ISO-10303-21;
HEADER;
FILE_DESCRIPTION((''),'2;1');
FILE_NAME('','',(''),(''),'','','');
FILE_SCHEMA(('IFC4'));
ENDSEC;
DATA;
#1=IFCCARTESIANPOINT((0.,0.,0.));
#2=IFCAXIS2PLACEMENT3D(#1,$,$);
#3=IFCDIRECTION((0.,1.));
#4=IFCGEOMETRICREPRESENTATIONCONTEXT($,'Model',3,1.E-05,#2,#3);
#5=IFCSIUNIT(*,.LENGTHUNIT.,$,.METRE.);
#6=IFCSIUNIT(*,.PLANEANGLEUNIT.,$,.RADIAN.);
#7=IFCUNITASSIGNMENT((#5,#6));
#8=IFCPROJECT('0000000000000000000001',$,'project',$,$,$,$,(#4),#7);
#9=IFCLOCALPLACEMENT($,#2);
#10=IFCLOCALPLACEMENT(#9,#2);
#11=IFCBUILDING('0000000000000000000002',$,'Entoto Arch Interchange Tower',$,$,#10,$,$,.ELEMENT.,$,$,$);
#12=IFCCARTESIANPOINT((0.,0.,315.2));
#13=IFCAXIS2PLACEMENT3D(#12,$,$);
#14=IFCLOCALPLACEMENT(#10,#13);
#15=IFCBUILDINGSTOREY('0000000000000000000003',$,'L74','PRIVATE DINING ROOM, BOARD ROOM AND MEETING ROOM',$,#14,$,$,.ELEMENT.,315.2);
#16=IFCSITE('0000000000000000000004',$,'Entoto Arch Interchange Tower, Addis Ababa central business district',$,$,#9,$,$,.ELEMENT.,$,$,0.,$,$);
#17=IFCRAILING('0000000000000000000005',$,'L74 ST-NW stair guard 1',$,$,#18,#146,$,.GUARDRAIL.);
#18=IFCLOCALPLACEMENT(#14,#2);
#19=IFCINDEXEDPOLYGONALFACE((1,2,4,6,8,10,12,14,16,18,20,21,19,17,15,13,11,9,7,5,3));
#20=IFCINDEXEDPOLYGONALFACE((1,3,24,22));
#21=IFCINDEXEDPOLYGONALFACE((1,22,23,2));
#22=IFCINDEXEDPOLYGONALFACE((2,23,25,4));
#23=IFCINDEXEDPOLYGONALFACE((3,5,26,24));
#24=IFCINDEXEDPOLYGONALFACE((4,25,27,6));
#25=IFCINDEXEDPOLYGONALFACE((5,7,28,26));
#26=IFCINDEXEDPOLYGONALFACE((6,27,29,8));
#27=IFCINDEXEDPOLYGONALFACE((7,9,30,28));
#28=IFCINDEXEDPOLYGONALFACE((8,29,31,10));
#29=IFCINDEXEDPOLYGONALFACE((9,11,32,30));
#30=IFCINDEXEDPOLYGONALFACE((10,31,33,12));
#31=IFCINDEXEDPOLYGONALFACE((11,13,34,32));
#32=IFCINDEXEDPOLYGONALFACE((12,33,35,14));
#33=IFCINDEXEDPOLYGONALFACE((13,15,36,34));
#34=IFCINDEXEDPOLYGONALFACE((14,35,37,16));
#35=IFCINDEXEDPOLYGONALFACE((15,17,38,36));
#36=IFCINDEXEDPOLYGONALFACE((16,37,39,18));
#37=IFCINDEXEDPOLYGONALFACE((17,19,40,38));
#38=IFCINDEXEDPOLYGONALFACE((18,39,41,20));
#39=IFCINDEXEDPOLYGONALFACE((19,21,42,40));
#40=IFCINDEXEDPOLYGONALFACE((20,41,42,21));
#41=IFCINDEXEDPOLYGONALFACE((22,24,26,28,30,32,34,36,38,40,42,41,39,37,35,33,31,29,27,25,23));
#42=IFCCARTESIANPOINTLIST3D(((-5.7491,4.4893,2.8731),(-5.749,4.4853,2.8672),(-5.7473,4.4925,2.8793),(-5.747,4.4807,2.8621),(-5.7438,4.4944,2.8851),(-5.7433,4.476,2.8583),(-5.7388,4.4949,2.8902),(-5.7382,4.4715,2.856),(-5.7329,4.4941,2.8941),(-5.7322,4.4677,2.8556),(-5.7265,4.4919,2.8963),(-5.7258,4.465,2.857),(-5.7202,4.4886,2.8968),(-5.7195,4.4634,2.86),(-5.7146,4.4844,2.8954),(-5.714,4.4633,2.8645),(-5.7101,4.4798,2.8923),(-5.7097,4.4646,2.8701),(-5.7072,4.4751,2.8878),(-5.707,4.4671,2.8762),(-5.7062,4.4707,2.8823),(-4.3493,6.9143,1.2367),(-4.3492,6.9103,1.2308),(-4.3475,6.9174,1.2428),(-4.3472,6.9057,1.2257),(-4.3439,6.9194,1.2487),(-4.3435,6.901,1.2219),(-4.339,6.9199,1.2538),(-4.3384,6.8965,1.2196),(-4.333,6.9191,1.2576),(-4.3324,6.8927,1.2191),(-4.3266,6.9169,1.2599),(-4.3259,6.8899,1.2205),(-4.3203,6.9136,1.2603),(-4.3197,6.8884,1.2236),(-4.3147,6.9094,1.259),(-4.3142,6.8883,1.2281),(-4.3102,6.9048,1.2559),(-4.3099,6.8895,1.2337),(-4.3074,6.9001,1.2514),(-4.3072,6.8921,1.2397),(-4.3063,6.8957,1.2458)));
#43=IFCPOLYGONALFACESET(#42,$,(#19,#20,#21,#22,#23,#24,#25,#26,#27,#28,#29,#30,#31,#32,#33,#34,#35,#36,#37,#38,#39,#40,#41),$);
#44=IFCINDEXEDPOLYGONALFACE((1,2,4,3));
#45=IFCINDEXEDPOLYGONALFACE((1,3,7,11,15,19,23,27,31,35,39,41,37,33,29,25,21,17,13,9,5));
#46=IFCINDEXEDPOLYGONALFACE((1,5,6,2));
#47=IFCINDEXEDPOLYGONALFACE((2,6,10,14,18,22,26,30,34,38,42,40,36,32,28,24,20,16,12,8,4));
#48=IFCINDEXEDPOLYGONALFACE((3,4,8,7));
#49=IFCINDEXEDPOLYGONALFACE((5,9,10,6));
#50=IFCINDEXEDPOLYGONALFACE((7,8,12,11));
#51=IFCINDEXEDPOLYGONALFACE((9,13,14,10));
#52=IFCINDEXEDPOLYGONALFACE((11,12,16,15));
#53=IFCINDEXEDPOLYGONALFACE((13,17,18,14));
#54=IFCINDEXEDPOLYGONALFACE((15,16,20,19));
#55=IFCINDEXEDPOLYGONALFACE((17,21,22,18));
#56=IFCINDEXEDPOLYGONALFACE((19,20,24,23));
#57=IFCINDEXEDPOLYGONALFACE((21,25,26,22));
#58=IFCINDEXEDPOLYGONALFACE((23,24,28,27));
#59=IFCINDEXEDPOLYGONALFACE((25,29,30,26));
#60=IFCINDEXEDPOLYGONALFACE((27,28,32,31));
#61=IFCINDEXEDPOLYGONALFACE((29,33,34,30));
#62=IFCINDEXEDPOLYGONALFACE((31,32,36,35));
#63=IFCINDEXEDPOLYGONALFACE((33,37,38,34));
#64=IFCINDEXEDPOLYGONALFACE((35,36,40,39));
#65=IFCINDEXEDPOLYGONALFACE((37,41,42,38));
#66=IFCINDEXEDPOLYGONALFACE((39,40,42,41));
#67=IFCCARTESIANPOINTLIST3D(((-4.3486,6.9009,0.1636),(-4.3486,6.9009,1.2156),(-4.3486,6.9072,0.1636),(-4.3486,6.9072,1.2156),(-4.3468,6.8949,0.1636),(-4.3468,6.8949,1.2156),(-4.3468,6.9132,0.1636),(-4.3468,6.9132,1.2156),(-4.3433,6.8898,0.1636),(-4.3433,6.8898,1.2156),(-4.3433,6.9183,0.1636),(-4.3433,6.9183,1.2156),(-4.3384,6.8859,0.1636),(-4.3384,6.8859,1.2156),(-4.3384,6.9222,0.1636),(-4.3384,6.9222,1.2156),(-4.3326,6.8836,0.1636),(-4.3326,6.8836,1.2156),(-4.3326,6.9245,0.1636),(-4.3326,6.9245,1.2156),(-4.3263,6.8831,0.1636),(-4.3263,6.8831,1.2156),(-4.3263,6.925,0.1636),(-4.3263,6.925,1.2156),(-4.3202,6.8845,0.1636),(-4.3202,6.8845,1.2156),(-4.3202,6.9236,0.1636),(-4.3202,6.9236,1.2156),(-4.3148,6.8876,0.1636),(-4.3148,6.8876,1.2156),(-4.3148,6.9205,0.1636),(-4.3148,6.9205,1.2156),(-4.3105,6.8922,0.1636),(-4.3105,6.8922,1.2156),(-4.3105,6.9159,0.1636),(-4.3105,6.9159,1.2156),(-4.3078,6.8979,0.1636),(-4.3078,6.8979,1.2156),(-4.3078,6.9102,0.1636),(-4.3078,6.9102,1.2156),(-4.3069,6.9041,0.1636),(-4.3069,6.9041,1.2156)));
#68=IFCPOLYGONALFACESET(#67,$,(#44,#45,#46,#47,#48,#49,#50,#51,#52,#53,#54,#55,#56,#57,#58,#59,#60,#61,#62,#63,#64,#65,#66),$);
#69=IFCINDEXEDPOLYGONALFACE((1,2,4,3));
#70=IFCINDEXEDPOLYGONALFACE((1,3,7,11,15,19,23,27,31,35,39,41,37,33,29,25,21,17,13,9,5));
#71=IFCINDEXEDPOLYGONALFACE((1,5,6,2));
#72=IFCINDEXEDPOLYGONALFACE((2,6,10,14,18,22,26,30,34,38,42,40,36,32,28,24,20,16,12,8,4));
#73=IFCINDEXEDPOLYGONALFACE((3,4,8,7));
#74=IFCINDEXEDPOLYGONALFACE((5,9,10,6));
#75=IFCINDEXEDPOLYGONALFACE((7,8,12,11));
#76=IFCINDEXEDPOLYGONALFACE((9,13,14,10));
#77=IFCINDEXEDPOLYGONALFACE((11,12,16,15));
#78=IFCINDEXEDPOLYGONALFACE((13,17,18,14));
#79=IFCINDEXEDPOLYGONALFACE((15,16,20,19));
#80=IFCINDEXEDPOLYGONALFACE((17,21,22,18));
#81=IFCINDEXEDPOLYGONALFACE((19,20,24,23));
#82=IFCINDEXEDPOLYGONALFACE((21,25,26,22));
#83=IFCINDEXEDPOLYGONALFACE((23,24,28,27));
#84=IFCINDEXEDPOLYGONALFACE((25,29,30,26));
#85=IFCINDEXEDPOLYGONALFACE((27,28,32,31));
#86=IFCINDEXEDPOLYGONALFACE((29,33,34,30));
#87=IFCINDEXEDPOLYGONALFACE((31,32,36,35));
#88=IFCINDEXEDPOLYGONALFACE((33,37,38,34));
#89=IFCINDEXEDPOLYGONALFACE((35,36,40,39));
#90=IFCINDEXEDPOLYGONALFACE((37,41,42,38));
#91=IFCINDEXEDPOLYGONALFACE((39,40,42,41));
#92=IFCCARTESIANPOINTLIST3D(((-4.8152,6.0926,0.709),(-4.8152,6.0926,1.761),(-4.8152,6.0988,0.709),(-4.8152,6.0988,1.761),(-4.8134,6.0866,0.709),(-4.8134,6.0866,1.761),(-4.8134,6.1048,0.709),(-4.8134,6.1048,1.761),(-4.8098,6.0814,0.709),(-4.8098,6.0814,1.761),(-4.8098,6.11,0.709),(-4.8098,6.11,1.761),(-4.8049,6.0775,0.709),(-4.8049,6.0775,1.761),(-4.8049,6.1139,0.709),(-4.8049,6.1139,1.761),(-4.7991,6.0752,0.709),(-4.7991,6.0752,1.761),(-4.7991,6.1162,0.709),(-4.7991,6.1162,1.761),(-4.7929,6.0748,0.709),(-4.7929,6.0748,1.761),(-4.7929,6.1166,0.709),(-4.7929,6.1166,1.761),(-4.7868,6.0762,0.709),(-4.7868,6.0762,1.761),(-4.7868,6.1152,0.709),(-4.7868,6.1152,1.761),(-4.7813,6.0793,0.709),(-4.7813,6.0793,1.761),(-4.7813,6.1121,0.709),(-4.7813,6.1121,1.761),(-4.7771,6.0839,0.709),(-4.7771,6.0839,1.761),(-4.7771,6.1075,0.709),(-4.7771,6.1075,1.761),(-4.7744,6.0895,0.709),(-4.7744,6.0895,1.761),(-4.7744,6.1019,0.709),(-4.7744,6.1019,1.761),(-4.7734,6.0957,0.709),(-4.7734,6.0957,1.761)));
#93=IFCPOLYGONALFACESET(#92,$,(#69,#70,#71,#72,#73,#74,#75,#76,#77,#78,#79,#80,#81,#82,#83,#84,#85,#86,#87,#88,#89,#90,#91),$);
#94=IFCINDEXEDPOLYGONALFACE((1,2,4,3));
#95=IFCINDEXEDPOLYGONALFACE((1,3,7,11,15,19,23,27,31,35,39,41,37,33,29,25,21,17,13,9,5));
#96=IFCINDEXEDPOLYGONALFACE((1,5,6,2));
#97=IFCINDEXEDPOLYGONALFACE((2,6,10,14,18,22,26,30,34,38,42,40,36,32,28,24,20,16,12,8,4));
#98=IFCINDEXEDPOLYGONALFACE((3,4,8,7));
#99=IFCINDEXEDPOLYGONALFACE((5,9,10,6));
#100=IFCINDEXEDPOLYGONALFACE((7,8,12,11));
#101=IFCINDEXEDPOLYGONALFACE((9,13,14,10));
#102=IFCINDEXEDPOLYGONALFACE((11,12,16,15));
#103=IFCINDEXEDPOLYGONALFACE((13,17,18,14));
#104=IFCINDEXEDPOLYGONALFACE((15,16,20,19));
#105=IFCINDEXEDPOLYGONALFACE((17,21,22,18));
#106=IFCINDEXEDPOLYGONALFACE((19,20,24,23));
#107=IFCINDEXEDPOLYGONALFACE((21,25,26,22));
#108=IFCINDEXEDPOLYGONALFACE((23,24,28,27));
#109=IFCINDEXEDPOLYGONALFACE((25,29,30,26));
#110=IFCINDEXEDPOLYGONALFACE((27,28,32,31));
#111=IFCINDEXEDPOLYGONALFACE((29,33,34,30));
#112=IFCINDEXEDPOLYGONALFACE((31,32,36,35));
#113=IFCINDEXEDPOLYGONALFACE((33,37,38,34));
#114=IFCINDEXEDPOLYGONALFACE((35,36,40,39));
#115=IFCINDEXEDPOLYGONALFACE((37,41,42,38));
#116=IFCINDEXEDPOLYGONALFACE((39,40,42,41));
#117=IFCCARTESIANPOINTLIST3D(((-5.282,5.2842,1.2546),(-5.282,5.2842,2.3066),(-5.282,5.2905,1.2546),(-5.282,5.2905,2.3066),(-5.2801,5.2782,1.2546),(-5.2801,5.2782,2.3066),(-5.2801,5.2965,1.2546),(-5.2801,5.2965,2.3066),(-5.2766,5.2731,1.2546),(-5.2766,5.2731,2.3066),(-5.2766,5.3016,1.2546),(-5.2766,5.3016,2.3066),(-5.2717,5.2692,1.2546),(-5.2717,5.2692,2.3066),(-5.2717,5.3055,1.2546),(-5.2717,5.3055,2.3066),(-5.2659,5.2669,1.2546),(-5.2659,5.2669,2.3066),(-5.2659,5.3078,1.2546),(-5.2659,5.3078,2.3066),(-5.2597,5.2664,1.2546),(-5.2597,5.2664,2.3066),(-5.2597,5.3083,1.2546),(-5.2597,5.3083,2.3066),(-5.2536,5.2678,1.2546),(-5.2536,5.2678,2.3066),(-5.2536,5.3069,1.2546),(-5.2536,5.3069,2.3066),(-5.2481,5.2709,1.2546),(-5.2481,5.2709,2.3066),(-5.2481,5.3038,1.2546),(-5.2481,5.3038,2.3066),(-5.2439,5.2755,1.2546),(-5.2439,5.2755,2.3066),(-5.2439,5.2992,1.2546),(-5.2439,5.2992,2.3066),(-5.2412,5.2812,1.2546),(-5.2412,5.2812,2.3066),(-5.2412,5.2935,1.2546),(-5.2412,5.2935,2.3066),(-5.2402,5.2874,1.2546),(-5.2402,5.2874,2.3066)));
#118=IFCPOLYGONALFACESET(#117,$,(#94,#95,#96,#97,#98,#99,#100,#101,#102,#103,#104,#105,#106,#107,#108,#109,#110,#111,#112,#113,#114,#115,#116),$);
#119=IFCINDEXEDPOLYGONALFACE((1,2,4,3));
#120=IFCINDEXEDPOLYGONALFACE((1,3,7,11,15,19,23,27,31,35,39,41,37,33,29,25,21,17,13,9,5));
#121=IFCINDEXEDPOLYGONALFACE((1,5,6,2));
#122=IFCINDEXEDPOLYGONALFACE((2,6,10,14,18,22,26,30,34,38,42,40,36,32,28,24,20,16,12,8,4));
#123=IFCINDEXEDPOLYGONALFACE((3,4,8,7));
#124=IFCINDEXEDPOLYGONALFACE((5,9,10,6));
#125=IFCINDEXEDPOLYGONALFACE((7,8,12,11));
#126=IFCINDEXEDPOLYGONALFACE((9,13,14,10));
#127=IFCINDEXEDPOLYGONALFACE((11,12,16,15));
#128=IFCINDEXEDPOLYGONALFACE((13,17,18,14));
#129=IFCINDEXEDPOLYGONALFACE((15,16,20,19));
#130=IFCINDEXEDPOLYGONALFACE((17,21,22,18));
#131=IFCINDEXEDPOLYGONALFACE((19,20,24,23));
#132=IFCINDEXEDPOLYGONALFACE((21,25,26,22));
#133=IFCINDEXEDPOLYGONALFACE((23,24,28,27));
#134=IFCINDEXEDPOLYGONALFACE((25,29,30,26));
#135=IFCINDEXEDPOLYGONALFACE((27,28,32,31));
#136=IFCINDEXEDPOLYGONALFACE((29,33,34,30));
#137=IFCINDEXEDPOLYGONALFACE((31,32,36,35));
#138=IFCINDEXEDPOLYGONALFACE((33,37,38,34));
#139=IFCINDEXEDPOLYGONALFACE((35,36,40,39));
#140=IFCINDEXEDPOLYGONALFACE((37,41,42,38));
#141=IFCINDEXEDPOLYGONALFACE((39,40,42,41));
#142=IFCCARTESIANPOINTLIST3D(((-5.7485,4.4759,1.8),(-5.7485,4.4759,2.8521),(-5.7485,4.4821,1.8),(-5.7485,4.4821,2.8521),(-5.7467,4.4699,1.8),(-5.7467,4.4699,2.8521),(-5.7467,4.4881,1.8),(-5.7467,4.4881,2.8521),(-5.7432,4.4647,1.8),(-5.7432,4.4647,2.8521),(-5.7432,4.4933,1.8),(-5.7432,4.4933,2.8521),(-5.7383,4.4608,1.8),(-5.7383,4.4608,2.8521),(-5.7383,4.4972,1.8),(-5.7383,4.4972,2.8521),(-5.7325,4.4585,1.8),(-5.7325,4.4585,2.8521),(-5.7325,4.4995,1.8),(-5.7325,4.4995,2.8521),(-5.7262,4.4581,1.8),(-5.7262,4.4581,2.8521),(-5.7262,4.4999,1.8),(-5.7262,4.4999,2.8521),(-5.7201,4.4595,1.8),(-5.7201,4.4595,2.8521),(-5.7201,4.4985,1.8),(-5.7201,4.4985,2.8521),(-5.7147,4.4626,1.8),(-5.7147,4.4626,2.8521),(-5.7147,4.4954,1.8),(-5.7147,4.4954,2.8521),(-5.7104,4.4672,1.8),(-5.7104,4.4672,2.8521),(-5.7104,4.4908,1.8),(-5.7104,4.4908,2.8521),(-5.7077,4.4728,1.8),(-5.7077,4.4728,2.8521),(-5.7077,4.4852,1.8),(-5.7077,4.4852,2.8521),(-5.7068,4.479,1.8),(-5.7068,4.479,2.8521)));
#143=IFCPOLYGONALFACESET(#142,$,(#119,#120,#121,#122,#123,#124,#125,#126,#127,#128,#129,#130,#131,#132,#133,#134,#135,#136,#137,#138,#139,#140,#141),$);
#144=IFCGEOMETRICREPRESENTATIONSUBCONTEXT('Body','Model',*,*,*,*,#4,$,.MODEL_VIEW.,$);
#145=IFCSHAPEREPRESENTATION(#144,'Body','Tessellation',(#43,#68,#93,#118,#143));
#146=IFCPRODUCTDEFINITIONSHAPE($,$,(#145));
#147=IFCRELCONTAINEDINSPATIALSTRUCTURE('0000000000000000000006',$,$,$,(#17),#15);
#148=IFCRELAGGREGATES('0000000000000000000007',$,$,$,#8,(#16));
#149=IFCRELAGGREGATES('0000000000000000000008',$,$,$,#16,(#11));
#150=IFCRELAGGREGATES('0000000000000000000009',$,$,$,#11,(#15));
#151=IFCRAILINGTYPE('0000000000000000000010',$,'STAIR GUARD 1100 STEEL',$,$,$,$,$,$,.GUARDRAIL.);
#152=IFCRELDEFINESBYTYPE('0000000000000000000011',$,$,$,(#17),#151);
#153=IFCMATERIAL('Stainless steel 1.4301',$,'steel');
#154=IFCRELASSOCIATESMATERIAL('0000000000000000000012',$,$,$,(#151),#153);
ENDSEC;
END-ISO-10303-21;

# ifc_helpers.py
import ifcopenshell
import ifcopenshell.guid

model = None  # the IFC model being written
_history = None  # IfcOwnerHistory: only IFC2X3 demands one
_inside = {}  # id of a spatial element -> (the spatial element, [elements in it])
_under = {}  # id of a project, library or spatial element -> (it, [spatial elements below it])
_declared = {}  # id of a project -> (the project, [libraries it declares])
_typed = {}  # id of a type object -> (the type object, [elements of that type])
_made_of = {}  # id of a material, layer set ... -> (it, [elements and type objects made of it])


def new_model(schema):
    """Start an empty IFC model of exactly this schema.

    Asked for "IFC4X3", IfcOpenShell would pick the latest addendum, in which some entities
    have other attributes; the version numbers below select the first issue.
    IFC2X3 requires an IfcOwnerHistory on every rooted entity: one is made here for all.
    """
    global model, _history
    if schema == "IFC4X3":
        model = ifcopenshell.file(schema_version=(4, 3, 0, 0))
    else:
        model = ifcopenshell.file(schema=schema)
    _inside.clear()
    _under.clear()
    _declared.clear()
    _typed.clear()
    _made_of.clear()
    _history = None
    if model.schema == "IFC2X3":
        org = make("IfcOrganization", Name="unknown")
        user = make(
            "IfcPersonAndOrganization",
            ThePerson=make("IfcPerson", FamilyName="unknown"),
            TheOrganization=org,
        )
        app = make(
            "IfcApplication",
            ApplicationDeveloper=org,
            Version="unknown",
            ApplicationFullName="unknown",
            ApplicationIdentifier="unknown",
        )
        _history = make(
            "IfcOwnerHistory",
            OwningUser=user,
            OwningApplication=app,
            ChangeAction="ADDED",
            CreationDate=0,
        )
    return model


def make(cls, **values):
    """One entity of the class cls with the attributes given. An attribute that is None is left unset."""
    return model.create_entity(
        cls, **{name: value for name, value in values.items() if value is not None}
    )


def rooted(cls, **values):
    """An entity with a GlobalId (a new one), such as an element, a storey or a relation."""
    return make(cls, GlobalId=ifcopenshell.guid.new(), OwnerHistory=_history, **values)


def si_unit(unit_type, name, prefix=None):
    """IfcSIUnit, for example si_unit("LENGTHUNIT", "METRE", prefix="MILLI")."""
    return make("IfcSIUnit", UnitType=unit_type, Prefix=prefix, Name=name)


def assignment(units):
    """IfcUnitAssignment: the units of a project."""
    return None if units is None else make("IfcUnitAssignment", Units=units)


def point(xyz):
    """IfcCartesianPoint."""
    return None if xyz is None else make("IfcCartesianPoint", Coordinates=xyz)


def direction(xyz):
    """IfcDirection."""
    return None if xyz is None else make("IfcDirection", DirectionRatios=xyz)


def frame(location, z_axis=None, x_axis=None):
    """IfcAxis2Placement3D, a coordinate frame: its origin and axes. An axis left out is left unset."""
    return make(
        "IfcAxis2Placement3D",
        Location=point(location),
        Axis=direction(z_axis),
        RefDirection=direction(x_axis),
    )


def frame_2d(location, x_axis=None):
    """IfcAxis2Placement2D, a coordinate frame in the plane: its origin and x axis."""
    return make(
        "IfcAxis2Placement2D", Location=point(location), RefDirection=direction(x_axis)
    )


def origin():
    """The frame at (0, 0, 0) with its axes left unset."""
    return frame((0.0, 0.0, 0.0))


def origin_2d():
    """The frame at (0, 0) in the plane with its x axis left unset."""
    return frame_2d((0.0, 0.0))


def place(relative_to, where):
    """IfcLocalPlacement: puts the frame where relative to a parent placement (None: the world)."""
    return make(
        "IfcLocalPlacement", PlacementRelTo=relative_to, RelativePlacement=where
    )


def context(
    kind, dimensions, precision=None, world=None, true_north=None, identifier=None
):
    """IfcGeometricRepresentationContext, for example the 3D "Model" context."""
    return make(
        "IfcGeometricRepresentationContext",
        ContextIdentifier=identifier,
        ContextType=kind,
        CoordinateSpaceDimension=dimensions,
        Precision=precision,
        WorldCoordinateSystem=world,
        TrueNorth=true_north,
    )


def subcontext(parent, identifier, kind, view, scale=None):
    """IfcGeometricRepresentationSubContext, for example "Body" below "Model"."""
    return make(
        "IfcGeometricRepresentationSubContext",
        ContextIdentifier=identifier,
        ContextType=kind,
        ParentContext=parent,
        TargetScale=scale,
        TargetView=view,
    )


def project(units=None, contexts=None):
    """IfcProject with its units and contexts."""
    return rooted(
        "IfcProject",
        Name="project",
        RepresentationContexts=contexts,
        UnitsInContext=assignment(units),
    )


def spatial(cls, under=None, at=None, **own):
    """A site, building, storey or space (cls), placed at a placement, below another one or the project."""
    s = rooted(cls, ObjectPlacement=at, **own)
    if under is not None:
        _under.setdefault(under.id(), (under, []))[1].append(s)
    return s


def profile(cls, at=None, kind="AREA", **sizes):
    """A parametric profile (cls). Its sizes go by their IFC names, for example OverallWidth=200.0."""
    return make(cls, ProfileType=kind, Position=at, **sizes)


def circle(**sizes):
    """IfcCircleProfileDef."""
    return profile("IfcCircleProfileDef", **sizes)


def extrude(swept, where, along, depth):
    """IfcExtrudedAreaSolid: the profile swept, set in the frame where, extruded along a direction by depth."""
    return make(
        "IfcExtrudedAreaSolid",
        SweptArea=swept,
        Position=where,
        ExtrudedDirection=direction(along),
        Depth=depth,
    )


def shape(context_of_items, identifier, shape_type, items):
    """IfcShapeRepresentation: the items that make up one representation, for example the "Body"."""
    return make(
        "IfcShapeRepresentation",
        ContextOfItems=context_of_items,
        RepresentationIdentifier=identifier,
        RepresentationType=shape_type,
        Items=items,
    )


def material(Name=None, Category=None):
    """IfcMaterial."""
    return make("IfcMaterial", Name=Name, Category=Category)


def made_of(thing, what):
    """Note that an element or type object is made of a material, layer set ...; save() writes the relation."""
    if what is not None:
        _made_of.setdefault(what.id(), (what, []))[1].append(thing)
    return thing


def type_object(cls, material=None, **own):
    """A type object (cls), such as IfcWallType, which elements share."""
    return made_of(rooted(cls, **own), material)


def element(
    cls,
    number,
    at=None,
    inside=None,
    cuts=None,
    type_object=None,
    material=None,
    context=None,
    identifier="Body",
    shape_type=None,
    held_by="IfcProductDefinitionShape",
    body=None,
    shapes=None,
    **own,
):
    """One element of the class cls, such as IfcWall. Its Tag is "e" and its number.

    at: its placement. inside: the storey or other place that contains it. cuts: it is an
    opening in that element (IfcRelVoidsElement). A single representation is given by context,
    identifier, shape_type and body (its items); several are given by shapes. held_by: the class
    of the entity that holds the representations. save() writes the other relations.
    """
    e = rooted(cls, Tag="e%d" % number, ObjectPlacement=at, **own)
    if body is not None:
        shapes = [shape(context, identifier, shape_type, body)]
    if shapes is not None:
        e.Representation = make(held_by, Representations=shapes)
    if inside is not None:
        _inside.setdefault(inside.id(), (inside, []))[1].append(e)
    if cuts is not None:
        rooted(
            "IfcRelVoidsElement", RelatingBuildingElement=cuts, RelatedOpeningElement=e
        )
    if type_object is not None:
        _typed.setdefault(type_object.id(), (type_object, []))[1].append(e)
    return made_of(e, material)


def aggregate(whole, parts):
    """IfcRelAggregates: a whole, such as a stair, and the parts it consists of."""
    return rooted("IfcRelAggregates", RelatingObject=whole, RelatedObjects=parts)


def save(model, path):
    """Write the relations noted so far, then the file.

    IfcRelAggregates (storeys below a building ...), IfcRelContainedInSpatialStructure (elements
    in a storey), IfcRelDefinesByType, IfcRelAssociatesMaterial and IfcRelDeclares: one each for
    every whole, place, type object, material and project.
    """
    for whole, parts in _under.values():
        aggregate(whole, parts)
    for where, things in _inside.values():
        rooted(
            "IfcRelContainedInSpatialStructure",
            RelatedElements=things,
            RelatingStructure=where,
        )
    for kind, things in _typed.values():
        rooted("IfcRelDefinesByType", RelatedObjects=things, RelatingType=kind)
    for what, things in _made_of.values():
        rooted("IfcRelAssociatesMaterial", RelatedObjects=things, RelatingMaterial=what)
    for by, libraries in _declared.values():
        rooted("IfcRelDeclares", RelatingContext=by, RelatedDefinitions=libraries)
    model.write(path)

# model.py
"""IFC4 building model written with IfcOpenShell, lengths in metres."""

from ifc_helpers import new_model, si_unit, direction, frame, origin, origin_2d, place, context, subcontext, project, spatial, circle, extrude, material, type_object, element, save


model = new_model("IFC4")

# Units and contexts
model_context = context("Model", 3, precision=1e-05, world=origin(), true_north=direction((0.0, 1.0)))
body_context = subcontext(model_context, "Body", "Model", "MODEL_VIEW")
ifc_project = project(units=[si_unit("LENGTHUNIT", "METRE"), si_unit("PLANEANGLEUNIT", "RADIAN")], contexts=[model_context])

# Site, building, storey
site_placement = place(None, origin())
site = spatial("IfcSite", under=ifc_project, at=site_placement, Name="Entoto Arch Interchange Tower, Addis Ababa central business district", CompositionType="ELEMENT", RefElevation=0.0)
building_placement = place(site_placement, origin())
building = spatial("IfcBuilding", under=site, at=building_placement, Name="Entoto Arch Interchange Tower", CompositionType="ELEMENT")
storey_placement = place(building_placement, frame((0.0, 0.0, 315.2)))
storey = spatial("IfcBuildingStorey", under=building, at=storey_placement, Name="L74", Description="PRIVATE DINING ROOM, BOARD ROOM AND MEETING ROOM", CompositionType="ELEMENT", Elevation=315.2)

# Railing
ifc_material_1 = material(Name="Stainless steel 1.4301", Category="steel")
railing_type_1 = type_object("IfcRailingType", Name="STAIR GUARD 1100 STEEL", PredefinedType="GUARDRAIL", material=ifc_material_1)
railing_1_placement = place(storey_placement, frame((-4.3279, 6.9041, 0.1636)))
element("IfcRailing", 1, at=railing_1_placement, inside=storey, type_object=railing_type_1, Name="L74 ST-NW stair guard 1", PredefinedType="GUARDRAIL", context=body_context, shape_type="SweptSolid", body=[
    extrude(circle(Radius=0.0239, at=origin_2d()), frame((0.0, 0.0, 1.0762), z_axis=(-0.431636, -0.747723, 0.504579), x_axis=(0.866056, -0.499946, 0.0)), (0.0, 0.0, 1.0), 3.2432),
    extrude(circle(Radius=0.021, at=origin_2d()), origin(), (0.0, 0.0, 1.0), 1.052),
    extrude(circle(Radius=0.021, at=origin_2d()), frame((-0.4666, -0.8083, 0.5454)), (0.0, 0.0, 1.0), 1.052),
    extrude(circle(Radius=0.021, at=origin_2d()), frame((-0.9333, -1.6167, 1.0911)), (0.0, 0.0, 1.0), 1.052),
    extrude(circle(Radius=0.021, at=origin_2d()), frame((-1.3999, -2.425, 1.6365)), (0.0, 0.0, 1.0), 1.052),
])

save(model, "model.ifc")
